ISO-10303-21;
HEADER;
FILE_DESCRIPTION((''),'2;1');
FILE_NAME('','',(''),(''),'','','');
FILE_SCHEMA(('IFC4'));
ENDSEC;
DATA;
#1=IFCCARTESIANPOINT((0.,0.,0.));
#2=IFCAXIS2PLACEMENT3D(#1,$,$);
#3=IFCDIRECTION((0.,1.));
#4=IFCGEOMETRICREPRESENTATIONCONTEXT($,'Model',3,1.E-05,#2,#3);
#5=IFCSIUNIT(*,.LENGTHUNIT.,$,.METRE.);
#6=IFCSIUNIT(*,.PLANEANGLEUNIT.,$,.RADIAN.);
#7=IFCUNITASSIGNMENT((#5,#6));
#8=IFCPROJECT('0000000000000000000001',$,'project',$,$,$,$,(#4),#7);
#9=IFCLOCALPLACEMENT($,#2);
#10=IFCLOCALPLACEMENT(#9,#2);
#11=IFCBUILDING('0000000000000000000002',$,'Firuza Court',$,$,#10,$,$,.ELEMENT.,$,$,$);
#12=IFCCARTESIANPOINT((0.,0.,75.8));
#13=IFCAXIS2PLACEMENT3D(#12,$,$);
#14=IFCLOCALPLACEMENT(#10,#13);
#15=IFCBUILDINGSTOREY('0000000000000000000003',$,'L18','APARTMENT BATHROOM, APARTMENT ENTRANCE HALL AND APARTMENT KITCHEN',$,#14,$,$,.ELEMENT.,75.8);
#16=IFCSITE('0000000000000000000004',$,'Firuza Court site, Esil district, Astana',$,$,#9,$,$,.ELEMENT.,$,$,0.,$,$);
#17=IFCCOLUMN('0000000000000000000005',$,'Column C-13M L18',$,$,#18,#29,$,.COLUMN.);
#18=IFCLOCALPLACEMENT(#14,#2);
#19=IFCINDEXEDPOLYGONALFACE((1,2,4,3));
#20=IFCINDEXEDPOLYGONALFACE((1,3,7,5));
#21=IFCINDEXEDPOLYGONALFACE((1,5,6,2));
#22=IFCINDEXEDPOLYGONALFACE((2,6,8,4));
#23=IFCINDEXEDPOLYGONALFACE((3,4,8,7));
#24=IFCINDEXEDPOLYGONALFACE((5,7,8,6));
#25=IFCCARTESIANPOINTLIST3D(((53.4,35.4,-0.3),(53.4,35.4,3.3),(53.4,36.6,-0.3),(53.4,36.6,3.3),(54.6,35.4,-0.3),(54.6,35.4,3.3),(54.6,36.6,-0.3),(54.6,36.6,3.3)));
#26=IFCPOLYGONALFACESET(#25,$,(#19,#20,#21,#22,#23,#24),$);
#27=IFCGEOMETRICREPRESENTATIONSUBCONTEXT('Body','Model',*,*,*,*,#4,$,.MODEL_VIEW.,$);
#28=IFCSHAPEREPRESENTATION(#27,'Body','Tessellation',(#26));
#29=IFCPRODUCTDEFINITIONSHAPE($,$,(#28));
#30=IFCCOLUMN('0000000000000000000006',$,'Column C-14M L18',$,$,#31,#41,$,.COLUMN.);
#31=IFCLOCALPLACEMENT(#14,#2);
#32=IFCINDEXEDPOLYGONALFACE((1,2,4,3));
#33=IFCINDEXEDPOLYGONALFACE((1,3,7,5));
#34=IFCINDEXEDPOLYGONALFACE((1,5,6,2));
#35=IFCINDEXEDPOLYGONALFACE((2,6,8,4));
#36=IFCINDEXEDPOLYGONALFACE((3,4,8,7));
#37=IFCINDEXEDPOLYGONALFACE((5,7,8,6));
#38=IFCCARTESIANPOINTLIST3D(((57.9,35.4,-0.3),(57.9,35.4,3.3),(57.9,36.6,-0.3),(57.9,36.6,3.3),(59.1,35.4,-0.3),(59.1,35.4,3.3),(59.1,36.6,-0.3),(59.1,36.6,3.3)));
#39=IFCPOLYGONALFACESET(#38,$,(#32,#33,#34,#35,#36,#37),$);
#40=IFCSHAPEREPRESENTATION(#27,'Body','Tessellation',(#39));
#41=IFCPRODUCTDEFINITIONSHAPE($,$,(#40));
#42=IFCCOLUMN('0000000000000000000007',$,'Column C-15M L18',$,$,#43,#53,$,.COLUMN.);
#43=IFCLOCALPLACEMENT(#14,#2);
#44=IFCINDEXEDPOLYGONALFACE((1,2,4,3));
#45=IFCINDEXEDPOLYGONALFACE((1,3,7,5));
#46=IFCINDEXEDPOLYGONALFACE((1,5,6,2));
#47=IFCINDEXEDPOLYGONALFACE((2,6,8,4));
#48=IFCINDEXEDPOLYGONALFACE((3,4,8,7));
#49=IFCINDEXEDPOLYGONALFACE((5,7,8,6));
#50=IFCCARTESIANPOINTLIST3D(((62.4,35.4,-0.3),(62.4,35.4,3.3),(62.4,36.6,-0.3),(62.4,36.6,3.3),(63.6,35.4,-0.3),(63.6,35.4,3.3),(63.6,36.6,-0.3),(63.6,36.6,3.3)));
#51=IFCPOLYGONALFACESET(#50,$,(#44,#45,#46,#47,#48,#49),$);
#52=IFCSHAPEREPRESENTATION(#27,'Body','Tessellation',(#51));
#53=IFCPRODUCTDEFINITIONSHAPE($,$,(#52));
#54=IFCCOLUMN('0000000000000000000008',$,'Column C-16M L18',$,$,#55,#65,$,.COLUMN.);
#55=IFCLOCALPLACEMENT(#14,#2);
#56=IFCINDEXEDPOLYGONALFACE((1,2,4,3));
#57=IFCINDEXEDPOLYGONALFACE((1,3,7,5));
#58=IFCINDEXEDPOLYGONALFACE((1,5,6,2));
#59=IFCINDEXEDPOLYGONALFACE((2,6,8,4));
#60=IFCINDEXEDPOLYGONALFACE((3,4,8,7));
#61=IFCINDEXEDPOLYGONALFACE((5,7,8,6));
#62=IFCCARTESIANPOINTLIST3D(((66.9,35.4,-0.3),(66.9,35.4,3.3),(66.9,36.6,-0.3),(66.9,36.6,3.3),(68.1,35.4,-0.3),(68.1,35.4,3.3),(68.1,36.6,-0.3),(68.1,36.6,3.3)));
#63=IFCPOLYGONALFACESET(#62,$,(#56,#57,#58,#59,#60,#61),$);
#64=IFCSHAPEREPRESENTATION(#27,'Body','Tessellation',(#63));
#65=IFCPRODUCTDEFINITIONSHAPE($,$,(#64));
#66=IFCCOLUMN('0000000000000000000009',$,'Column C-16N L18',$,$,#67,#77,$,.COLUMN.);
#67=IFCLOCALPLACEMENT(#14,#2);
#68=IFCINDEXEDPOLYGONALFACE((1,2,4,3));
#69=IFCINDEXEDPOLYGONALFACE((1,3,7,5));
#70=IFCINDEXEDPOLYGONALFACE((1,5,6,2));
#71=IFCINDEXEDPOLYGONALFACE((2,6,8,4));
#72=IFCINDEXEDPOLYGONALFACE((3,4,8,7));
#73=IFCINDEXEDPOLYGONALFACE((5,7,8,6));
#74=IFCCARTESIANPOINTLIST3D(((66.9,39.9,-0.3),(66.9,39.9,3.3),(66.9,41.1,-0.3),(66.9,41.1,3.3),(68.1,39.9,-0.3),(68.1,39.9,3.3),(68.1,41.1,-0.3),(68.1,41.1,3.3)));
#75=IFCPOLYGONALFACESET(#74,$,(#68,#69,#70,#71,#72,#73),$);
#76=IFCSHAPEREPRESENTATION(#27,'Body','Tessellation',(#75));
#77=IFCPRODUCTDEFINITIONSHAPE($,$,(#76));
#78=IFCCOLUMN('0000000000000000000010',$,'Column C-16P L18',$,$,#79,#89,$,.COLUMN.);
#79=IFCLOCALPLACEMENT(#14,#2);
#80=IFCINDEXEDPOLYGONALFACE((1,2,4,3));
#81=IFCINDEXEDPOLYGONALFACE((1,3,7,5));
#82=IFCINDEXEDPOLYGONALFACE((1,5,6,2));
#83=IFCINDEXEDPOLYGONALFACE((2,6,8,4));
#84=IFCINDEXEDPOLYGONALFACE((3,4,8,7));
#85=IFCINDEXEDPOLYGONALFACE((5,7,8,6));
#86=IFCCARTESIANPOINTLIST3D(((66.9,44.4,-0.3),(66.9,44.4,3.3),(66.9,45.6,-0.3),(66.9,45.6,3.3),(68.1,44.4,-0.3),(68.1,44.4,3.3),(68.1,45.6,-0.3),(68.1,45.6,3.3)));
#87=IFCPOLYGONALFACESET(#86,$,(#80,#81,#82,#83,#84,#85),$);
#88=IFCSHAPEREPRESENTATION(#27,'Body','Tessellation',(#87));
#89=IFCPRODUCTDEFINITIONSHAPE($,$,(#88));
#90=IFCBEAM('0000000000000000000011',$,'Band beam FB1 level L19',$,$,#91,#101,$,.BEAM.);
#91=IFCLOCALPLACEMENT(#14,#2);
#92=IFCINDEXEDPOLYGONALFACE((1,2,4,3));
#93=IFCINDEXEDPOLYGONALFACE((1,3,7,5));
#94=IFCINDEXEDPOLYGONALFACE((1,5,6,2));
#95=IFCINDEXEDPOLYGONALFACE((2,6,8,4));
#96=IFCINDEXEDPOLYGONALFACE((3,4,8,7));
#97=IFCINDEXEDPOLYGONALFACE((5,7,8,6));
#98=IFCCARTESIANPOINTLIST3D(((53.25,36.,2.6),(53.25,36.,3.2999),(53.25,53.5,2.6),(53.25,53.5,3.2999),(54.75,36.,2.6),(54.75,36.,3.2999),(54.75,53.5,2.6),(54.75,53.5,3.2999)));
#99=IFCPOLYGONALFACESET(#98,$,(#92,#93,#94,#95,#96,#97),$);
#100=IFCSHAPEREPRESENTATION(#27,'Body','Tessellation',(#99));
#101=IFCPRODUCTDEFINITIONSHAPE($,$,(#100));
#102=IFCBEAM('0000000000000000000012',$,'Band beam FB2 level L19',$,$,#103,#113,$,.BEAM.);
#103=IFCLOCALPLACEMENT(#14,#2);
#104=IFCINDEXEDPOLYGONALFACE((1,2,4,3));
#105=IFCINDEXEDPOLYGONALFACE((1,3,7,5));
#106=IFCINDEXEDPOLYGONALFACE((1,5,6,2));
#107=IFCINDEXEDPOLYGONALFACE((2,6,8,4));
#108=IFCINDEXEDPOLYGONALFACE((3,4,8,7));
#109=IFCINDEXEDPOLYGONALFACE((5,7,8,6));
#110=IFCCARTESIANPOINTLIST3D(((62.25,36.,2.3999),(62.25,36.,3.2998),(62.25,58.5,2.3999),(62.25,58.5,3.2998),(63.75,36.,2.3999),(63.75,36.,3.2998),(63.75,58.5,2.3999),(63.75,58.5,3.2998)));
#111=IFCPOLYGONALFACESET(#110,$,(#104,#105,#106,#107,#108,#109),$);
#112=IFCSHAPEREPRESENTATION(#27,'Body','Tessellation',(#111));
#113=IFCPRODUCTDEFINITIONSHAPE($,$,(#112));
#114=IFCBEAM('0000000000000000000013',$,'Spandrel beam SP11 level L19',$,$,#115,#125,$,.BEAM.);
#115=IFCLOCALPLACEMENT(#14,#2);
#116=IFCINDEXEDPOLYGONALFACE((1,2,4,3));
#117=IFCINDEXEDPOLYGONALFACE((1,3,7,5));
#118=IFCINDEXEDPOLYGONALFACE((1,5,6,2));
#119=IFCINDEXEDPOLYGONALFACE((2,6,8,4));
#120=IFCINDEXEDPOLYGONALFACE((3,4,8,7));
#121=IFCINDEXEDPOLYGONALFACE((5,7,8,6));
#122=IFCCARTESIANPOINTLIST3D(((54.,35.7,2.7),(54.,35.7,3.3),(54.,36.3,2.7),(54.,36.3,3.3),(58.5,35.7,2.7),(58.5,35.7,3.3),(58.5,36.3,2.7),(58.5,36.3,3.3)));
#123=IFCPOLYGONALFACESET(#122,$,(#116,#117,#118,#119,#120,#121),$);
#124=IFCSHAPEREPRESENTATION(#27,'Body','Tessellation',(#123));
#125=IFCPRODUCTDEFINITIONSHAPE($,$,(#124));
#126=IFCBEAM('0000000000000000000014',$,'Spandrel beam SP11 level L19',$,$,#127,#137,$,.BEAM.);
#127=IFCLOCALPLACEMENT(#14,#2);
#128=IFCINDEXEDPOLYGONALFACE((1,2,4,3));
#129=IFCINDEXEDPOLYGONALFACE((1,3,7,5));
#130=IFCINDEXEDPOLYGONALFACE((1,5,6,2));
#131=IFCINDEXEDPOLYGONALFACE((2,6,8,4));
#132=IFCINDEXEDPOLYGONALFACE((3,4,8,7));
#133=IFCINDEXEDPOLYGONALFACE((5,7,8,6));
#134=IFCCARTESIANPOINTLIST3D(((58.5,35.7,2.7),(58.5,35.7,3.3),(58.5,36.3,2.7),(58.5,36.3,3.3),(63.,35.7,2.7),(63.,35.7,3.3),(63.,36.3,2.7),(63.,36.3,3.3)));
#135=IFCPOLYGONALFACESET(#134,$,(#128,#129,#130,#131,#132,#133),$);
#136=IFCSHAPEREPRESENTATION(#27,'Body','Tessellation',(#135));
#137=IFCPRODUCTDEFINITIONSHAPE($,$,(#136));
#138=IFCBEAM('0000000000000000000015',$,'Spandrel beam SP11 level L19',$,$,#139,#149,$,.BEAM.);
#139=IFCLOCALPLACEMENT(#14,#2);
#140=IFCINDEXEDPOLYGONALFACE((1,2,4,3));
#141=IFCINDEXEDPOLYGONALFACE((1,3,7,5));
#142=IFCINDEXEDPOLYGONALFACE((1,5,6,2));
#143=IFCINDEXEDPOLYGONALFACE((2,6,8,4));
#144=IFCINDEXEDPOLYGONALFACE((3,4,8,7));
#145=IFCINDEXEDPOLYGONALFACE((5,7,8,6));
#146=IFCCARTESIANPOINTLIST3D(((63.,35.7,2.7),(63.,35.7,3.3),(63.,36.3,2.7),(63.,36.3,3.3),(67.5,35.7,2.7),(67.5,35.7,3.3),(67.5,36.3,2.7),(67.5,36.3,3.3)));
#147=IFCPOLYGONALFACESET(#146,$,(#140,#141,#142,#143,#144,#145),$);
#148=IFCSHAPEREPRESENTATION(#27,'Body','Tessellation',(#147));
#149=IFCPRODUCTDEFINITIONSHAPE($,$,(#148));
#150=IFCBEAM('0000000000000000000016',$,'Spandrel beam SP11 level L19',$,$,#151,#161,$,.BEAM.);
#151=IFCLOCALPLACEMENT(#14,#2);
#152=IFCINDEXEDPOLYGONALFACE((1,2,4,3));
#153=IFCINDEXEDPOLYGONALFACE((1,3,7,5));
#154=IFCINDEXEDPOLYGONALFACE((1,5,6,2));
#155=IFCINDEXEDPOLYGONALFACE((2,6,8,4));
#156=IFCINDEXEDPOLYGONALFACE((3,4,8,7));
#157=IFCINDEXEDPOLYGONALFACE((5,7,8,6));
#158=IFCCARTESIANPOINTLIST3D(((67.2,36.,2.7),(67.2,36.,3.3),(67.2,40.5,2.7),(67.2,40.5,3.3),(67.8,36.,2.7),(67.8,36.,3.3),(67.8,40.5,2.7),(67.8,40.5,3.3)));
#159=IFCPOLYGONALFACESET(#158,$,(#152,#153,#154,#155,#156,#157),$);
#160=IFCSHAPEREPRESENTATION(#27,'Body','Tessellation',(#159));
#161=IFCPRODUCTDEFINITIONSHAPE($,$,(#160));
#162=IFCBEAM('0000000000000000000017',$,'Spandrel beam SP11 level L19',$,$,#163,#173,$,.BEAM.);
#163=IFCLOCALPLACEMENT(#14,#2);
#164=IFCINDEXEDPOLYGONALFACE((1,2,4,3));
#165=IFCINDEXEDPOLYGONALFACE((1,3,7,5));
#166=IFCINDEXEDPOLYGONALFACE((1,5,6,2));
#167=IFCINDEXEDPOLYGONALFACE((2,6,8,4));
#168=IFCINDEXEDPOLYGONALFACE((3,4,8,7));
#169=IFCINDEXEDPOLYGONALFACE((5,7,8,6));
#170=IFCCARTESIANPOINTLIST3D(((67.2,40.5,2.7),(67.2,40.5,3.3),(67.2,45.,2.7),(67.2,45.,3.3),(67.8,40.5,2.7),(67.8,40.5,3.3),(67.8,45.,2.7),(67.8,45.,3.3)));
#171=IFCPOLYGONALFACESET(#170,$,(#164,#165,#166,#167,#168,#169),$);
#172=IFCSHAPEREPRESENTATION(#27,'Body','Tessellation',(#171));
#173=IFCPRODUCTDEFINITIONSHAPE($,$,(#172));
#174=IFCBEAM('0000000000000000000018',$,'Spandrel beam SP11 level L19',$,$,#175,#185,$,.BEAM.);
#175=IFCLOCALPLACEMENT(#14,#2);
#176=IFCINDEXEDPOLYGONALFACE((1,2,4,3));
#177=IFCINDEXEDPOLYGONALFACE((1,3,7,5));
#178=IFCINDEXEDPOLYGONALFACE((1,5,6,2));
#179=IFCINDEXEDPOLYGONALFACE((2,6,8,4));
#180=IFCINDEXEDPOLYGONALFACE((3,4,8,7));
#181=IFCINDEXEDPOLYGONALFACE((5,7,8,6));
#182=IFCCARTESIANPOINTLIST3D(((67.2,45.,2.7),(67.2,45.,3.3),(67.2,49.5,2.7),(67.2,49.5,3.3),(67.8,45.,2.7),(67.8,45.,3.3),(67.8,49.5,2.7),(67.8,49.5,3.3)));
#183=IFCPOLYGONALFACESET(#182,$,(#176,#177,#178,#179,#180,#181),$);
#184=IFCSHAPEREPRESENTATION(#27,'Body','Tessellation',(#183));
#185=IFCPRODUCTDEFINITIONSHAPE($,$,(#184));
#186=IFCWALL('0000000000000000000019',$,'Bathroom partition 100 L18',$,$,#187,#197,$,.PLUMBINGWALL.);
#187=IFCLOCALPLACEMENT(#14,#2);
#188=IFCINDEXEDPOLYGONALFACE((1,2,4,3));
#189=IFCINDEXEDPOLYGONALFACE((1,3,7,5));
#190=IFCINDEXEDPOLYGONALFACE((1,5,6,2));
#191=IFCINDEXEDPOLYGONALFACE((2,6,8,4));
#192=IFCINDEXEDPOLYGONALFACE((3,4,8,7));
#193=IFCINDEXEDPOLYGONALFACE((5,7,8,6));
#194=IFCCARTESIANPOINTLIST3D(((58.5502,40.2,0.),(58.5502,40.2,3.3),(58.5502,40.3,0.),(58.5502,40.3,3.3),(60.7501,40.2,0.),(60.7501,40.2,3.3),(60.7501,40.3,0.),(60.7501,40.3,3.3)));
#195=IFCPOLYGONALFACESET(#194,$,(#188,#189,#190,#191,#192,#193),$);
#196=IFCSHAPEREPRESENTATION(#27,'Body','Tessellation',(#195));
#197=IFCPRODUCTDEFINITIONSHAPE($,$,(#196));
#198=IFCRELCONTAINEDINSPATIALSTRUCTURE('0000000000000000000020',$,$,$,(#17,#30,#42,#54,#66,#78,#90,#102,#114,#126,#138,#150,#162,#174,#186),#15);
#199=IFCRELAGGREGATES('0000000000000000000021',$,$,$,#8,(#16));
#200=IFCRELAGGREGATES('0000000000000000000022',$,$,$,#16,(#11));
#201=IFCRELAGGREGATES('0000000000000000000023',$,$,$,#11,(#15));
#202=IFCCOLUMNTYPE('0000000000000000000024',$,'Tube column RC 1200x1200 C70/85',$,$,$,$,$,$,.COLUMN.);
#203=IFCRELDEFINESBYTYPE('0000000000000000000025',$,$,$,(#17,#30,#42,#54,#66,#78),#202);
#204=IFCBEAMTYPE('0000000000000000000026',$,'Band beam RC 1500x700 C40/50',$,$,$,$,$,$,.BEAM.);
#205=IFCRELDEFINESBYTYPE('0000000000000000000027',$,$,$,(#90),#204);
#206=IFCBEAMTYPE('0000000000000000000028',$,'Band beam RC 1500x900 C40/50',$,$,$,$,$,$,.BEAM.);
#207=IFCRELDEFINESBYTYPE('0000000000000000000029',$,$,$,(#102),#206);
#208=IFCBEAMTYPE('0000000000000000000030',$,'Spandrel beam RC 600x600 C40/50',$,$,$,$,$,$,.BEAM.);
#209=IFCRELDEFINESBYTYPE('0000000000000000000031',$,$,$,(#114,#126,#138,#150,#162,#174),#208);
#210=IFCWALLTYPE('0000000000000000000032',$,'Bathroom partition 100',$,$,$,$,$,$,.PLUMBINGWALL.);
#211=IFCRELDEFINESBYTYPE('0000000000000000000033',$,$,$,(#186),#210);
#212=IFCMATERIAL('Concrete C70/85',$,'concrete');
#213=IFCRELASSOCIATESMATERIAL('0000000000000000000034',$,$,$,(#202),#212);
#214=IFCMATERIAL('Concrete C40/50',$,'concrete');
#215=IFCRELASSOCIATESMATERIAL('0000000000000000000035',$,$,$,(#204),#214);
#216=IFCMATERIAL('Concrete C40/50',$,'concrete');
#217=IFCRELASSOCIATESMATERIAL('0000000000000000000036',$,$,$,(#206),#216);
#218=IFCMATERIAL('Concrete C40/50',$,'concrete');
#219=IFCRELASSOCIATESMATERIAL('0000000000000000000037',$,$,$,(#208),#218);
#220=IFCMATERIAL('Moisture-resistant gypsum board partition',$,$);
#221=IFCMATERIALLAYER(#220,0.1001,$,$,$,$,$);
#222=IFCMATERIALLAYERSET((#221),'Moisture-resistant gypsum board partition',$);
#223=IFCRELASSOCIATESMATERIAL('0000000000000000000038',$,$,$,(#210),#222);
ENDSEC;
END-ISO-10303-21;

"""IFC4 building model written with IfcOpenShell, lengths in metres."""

from ifc_helpers import new_model, si_unit, direction, frame, frame_2d, origin, origin_2d, place, context, subcontext, project, spatial, rectangle, extrude, material, layer, layer_set, material_profile, profile_set, type_object, element, save


model = new_model("IFC4")

# Units and contexts
model_context = context("Model", 3, precision=1e-05, world=origin(), true_north=direction((0.0, 1.0)))
body_context = subcontext(model_context, "Body", "Model", "MODEL_VIEW")
ifc_project = project(units=[si_unit("LENGTHUNIT", "METRE"), si_unit("PLANEANGLEUNIT", "RADIAN")], contexts=[model_context])

# Site, building, storey
site_placement = place(None, origin())
site = spatial("IfcSite", under=ifc_project, at=site_placement, Name="Firuza Court site, Esil district, Astana", CompositionType="ELEMENT", RefElevation=0.0)
building_placement = place(site_placement, origin())
building = spatial("IfcBuilding", under=site, at=building_placement, Name="Firuza Court", CompositionType="ELEMENT")
storey_placement = place(building_placement, frame((0.0, 0.0, 75.8)))
storey = spatial("IfcBuildingStorey", under=building, at=storey_placement, Name="L18", Description="APARTMENT BATHROOM, APARTMENT ENTRANCE HALL AND APARTMENT KITCHEN", CompositionType="ELEMENT", Elevation=75.8)

# Columns
ifc_material_1 = material(Name="Concrete C70/85", Category="concrete")
ifc_material_profile_1 = material_profile(ifc_material_1, rectangle(XDim=1.2, YDim=1.2, at=origin_2d()), Name="RC 1200x1200")
ifc_profile_set_1 = profile_set([ifc_material_profile_1], Name="Concrete C70/85")
column_type = type_object("IfcColumnType", Name="Tube column RC 1200x1200 C70/85", PredefinedType="COLUMN", material=ifc_profile_set_1)
for number, where, z_axis, x_axis, name in (
    (1, (54.0, 36.0, -0.3), (0.0, 0.0, 1.0), (1.0, 0.0, 0.0), "Column C-13M L18"),
    (2, (58.5, 36.0, -0.3), (0.0, 0.0, 1.0), (1.0, 0.0, 0.0), "Column C-14M L18"),
    (3, (63.0, 36.0, -0.3), (0.0, 0.0, 1.0), (1.0, 0.0, 0.0), "Column C-15M L18"),
    (4, (67.5, 36.0, -0.3), (0.0, 0.0, 1.0), (1.0, 0.0, 0.0), "Column C-16M L18"),
    (5, (67.5, 40.5, -0.3), (0.0, 0.0, 1.0), (1.0, 0.0, 0.0), "Column C-16N L18"),
    (6, (67.5, 45.0, -0.3), (0.0, 0.0, 1.0), (1.0, 0.0, 0.0), "Column C-16P L18"),
):
    element("IfcColumn", number, at=place(storey_placement, frame(where, z_axis=z_axis, x_axis=x_axis)), inside=storey, type_object=column_type, Name=name, PredefinedType="COLUMN", context=body_context, shape_type="SweptSolid", body=[
        extrude(rectangle(XDim=1.2, YDim=1.2, at=origin_2d()), origin(), (0.0, 0.0, 1.0), 3.6001),
    ])

# Beams
ifc_material_2 = material(Name="Concrete C40/50", Category="concrete")
ifc_material_profile_2 = material_profile(ifc_material_2, rectangle(XDim=1.5, YDim=0.7, at=origin_2d()), Name="RC 1500x700")
ifc_profile_set_2 = profile_set([ifc_material_profile_2], Name="Concrete C40/50")
beam_type_1 = type_object("IfcBeamType", Name="Band beam RC 1500x700 C40/50", PredefinedType="BEAM", material=ifc_profile_set_2)
beam_1_placement = place(storey_placement, frame((54.0, 36.0, 2.95), z_axis=(0.0, 1.0, 0.0), x_axis=(-1.0, 0.0, 0.0)))
element("IfcBeam", 7, at=beam_1_placement, inside=storey, type_object=beam_type_1, Name="Band beam FB1 level L19", PredefinedType="BEAM", context=body_context, shape_type="SweptSolid", body=[
    extrude(rectangle(XDim=1.5, YDim=0.7, at=origin_2d()), origin(), (0.0, 0.0, 1.0), 17.5),
])
ifc_material_3 = material(Name="Concrete C40/50", Category="concrete")
ifc_material_profile_3 = material_profile(ifc_material_3, rectangle(XDim=1.5, YDim=0.8999, at=origin_2d()), Name="RC 1500x900")
ifc_profile_set_3 = profile_set([ifc_material_profile_3], Name="Concrete C40/50")
beam_type_2 = type_object("IfcBeamType", Name="Band beam RC 1500x900 C40/50", PredefinedType="BEAM", material=ifc_profile_set_3)
beam_2_placement = place(storey_placement, frame((63.0, 36.0, 2.8499), z_axis=(0.0, 1.0, 0.0), x_axis=(-1.0, 0.0, 0.0)))
element("IfcBeam", 8, at=beam_2_placement, inside=storey, type_object=beam_type_2, Name="Band beam FB2 level L19", PredefinedType="BEAM", context=body_context, shape_type="SweptSolid", body=[
    extrude(rectangle(XDim=1.5, YDim=0.8999, at=origin_2d()), origin(), (0.0, 0.0, 1.0), 22.5),
])
ifc_material_4 = material(Name="Concrete C40/50", Category="concrete")
ifc_material_profile_4 = material_profile(ifc_material_4, rectangle(XDim=0.6001, YDim=0.6001, at=origin_2d()), Name="RC 600x600")
ifc_profile_set_4 = profile_set([ifc_material_profile_4], Name="Concrete C40/50")
beam_type_3 = type_object("IfcBeamType", Name="Spandrel beam RC 600x600 C40/50", PredefinedType="BEAM", material=ifc_profile_set_4)
for number, where, z_axis, x_axis, name in (
    (9, (54.0, 36.0, 3.0), (1.0, 0.0, 0.0), (0.0, 1.0, 0.0), "Spandrel beam SP11 level L19"),
    (10, (58.5, 36.0, 3.0), (1.0, 0.0, 0.0), (0.0, 1.0, 0.0), "Spandrel beam SP11 level L19"),
    (11, (63.0, 36.0, 3.0), (1.0, 0.0, 0.0), (0.0, 1.0, 0.0), "Spandrel beam SP11 level L19"),
    (12, (67.5, 36.0, 3.0), (0.0, 1.0, 0.0), (-1.0, 0.0, 0.0), "Spandrel beam SP11 level L19"),
    (13, (67.5, 40.5, 3.0), (0.0, 1.0, 0.0), (-1.0, 0.0, 0.0), "Spandrel beam SP11 level L19"),
    (14, (67.5, 45.0, 3.0), (0.0, 1.0, 0.0), (-1.0, 0.0, 0.0), "Spandrel beam SP11 level L19"),
):
    element("IfcBeam", number, at=place(storey_placement, frame(where, z_axis=z_axis, x_axis=x_axis)), inside=storey, type_object=beam_type_3, Name=name, PredefinedType="BEAM", context=body_context, shape_type="SweptSolid", body=[
        extrude(rectangle(XDim=0.6001, YDim=0.6001, at=origin_2d()), origin(), (0.0, 0.0, 1.0), 4.5),
    ])

# Wall
ifc_material_5 = material(Name="Moisture-resistant gypsum board partition")
ifc_layer_1 = layer(ifc_material_5, 0.1001)
ifc_layer_set_1 = layer_set([ifc_layer_1], Name="Moisture-resistant gypsum board partition")
wall_type_1 = type_object("IfcWallType", Name="Bathroom partition 100", PredefinedType="PLUMBINGWALL", material=ifc_layer_set_1)
wall_1_placement = place(storey_placement, frame((58.55, 40.25, 0.0), z_axis=(0.0, 0.0, 1.0), x_axis=(1.0, 0.0, 0.0)))
element("IfcWall", 15, at=wall_1_placement, inside=storey, type_object=wall_type_1, Name="Bathroom partition 100 L18", PredefinedType="PLUMBINGWALL", context=body_context, shape_type="SweptSolid", body=[
    extrude(rectangle(XDim=2.2, YDim=0.1001, at=frame_2d((1.1001, 0.0))), origin(), (0.0, 0.0, 1.0), 3.3),
])

save(model, "model.ifc")
